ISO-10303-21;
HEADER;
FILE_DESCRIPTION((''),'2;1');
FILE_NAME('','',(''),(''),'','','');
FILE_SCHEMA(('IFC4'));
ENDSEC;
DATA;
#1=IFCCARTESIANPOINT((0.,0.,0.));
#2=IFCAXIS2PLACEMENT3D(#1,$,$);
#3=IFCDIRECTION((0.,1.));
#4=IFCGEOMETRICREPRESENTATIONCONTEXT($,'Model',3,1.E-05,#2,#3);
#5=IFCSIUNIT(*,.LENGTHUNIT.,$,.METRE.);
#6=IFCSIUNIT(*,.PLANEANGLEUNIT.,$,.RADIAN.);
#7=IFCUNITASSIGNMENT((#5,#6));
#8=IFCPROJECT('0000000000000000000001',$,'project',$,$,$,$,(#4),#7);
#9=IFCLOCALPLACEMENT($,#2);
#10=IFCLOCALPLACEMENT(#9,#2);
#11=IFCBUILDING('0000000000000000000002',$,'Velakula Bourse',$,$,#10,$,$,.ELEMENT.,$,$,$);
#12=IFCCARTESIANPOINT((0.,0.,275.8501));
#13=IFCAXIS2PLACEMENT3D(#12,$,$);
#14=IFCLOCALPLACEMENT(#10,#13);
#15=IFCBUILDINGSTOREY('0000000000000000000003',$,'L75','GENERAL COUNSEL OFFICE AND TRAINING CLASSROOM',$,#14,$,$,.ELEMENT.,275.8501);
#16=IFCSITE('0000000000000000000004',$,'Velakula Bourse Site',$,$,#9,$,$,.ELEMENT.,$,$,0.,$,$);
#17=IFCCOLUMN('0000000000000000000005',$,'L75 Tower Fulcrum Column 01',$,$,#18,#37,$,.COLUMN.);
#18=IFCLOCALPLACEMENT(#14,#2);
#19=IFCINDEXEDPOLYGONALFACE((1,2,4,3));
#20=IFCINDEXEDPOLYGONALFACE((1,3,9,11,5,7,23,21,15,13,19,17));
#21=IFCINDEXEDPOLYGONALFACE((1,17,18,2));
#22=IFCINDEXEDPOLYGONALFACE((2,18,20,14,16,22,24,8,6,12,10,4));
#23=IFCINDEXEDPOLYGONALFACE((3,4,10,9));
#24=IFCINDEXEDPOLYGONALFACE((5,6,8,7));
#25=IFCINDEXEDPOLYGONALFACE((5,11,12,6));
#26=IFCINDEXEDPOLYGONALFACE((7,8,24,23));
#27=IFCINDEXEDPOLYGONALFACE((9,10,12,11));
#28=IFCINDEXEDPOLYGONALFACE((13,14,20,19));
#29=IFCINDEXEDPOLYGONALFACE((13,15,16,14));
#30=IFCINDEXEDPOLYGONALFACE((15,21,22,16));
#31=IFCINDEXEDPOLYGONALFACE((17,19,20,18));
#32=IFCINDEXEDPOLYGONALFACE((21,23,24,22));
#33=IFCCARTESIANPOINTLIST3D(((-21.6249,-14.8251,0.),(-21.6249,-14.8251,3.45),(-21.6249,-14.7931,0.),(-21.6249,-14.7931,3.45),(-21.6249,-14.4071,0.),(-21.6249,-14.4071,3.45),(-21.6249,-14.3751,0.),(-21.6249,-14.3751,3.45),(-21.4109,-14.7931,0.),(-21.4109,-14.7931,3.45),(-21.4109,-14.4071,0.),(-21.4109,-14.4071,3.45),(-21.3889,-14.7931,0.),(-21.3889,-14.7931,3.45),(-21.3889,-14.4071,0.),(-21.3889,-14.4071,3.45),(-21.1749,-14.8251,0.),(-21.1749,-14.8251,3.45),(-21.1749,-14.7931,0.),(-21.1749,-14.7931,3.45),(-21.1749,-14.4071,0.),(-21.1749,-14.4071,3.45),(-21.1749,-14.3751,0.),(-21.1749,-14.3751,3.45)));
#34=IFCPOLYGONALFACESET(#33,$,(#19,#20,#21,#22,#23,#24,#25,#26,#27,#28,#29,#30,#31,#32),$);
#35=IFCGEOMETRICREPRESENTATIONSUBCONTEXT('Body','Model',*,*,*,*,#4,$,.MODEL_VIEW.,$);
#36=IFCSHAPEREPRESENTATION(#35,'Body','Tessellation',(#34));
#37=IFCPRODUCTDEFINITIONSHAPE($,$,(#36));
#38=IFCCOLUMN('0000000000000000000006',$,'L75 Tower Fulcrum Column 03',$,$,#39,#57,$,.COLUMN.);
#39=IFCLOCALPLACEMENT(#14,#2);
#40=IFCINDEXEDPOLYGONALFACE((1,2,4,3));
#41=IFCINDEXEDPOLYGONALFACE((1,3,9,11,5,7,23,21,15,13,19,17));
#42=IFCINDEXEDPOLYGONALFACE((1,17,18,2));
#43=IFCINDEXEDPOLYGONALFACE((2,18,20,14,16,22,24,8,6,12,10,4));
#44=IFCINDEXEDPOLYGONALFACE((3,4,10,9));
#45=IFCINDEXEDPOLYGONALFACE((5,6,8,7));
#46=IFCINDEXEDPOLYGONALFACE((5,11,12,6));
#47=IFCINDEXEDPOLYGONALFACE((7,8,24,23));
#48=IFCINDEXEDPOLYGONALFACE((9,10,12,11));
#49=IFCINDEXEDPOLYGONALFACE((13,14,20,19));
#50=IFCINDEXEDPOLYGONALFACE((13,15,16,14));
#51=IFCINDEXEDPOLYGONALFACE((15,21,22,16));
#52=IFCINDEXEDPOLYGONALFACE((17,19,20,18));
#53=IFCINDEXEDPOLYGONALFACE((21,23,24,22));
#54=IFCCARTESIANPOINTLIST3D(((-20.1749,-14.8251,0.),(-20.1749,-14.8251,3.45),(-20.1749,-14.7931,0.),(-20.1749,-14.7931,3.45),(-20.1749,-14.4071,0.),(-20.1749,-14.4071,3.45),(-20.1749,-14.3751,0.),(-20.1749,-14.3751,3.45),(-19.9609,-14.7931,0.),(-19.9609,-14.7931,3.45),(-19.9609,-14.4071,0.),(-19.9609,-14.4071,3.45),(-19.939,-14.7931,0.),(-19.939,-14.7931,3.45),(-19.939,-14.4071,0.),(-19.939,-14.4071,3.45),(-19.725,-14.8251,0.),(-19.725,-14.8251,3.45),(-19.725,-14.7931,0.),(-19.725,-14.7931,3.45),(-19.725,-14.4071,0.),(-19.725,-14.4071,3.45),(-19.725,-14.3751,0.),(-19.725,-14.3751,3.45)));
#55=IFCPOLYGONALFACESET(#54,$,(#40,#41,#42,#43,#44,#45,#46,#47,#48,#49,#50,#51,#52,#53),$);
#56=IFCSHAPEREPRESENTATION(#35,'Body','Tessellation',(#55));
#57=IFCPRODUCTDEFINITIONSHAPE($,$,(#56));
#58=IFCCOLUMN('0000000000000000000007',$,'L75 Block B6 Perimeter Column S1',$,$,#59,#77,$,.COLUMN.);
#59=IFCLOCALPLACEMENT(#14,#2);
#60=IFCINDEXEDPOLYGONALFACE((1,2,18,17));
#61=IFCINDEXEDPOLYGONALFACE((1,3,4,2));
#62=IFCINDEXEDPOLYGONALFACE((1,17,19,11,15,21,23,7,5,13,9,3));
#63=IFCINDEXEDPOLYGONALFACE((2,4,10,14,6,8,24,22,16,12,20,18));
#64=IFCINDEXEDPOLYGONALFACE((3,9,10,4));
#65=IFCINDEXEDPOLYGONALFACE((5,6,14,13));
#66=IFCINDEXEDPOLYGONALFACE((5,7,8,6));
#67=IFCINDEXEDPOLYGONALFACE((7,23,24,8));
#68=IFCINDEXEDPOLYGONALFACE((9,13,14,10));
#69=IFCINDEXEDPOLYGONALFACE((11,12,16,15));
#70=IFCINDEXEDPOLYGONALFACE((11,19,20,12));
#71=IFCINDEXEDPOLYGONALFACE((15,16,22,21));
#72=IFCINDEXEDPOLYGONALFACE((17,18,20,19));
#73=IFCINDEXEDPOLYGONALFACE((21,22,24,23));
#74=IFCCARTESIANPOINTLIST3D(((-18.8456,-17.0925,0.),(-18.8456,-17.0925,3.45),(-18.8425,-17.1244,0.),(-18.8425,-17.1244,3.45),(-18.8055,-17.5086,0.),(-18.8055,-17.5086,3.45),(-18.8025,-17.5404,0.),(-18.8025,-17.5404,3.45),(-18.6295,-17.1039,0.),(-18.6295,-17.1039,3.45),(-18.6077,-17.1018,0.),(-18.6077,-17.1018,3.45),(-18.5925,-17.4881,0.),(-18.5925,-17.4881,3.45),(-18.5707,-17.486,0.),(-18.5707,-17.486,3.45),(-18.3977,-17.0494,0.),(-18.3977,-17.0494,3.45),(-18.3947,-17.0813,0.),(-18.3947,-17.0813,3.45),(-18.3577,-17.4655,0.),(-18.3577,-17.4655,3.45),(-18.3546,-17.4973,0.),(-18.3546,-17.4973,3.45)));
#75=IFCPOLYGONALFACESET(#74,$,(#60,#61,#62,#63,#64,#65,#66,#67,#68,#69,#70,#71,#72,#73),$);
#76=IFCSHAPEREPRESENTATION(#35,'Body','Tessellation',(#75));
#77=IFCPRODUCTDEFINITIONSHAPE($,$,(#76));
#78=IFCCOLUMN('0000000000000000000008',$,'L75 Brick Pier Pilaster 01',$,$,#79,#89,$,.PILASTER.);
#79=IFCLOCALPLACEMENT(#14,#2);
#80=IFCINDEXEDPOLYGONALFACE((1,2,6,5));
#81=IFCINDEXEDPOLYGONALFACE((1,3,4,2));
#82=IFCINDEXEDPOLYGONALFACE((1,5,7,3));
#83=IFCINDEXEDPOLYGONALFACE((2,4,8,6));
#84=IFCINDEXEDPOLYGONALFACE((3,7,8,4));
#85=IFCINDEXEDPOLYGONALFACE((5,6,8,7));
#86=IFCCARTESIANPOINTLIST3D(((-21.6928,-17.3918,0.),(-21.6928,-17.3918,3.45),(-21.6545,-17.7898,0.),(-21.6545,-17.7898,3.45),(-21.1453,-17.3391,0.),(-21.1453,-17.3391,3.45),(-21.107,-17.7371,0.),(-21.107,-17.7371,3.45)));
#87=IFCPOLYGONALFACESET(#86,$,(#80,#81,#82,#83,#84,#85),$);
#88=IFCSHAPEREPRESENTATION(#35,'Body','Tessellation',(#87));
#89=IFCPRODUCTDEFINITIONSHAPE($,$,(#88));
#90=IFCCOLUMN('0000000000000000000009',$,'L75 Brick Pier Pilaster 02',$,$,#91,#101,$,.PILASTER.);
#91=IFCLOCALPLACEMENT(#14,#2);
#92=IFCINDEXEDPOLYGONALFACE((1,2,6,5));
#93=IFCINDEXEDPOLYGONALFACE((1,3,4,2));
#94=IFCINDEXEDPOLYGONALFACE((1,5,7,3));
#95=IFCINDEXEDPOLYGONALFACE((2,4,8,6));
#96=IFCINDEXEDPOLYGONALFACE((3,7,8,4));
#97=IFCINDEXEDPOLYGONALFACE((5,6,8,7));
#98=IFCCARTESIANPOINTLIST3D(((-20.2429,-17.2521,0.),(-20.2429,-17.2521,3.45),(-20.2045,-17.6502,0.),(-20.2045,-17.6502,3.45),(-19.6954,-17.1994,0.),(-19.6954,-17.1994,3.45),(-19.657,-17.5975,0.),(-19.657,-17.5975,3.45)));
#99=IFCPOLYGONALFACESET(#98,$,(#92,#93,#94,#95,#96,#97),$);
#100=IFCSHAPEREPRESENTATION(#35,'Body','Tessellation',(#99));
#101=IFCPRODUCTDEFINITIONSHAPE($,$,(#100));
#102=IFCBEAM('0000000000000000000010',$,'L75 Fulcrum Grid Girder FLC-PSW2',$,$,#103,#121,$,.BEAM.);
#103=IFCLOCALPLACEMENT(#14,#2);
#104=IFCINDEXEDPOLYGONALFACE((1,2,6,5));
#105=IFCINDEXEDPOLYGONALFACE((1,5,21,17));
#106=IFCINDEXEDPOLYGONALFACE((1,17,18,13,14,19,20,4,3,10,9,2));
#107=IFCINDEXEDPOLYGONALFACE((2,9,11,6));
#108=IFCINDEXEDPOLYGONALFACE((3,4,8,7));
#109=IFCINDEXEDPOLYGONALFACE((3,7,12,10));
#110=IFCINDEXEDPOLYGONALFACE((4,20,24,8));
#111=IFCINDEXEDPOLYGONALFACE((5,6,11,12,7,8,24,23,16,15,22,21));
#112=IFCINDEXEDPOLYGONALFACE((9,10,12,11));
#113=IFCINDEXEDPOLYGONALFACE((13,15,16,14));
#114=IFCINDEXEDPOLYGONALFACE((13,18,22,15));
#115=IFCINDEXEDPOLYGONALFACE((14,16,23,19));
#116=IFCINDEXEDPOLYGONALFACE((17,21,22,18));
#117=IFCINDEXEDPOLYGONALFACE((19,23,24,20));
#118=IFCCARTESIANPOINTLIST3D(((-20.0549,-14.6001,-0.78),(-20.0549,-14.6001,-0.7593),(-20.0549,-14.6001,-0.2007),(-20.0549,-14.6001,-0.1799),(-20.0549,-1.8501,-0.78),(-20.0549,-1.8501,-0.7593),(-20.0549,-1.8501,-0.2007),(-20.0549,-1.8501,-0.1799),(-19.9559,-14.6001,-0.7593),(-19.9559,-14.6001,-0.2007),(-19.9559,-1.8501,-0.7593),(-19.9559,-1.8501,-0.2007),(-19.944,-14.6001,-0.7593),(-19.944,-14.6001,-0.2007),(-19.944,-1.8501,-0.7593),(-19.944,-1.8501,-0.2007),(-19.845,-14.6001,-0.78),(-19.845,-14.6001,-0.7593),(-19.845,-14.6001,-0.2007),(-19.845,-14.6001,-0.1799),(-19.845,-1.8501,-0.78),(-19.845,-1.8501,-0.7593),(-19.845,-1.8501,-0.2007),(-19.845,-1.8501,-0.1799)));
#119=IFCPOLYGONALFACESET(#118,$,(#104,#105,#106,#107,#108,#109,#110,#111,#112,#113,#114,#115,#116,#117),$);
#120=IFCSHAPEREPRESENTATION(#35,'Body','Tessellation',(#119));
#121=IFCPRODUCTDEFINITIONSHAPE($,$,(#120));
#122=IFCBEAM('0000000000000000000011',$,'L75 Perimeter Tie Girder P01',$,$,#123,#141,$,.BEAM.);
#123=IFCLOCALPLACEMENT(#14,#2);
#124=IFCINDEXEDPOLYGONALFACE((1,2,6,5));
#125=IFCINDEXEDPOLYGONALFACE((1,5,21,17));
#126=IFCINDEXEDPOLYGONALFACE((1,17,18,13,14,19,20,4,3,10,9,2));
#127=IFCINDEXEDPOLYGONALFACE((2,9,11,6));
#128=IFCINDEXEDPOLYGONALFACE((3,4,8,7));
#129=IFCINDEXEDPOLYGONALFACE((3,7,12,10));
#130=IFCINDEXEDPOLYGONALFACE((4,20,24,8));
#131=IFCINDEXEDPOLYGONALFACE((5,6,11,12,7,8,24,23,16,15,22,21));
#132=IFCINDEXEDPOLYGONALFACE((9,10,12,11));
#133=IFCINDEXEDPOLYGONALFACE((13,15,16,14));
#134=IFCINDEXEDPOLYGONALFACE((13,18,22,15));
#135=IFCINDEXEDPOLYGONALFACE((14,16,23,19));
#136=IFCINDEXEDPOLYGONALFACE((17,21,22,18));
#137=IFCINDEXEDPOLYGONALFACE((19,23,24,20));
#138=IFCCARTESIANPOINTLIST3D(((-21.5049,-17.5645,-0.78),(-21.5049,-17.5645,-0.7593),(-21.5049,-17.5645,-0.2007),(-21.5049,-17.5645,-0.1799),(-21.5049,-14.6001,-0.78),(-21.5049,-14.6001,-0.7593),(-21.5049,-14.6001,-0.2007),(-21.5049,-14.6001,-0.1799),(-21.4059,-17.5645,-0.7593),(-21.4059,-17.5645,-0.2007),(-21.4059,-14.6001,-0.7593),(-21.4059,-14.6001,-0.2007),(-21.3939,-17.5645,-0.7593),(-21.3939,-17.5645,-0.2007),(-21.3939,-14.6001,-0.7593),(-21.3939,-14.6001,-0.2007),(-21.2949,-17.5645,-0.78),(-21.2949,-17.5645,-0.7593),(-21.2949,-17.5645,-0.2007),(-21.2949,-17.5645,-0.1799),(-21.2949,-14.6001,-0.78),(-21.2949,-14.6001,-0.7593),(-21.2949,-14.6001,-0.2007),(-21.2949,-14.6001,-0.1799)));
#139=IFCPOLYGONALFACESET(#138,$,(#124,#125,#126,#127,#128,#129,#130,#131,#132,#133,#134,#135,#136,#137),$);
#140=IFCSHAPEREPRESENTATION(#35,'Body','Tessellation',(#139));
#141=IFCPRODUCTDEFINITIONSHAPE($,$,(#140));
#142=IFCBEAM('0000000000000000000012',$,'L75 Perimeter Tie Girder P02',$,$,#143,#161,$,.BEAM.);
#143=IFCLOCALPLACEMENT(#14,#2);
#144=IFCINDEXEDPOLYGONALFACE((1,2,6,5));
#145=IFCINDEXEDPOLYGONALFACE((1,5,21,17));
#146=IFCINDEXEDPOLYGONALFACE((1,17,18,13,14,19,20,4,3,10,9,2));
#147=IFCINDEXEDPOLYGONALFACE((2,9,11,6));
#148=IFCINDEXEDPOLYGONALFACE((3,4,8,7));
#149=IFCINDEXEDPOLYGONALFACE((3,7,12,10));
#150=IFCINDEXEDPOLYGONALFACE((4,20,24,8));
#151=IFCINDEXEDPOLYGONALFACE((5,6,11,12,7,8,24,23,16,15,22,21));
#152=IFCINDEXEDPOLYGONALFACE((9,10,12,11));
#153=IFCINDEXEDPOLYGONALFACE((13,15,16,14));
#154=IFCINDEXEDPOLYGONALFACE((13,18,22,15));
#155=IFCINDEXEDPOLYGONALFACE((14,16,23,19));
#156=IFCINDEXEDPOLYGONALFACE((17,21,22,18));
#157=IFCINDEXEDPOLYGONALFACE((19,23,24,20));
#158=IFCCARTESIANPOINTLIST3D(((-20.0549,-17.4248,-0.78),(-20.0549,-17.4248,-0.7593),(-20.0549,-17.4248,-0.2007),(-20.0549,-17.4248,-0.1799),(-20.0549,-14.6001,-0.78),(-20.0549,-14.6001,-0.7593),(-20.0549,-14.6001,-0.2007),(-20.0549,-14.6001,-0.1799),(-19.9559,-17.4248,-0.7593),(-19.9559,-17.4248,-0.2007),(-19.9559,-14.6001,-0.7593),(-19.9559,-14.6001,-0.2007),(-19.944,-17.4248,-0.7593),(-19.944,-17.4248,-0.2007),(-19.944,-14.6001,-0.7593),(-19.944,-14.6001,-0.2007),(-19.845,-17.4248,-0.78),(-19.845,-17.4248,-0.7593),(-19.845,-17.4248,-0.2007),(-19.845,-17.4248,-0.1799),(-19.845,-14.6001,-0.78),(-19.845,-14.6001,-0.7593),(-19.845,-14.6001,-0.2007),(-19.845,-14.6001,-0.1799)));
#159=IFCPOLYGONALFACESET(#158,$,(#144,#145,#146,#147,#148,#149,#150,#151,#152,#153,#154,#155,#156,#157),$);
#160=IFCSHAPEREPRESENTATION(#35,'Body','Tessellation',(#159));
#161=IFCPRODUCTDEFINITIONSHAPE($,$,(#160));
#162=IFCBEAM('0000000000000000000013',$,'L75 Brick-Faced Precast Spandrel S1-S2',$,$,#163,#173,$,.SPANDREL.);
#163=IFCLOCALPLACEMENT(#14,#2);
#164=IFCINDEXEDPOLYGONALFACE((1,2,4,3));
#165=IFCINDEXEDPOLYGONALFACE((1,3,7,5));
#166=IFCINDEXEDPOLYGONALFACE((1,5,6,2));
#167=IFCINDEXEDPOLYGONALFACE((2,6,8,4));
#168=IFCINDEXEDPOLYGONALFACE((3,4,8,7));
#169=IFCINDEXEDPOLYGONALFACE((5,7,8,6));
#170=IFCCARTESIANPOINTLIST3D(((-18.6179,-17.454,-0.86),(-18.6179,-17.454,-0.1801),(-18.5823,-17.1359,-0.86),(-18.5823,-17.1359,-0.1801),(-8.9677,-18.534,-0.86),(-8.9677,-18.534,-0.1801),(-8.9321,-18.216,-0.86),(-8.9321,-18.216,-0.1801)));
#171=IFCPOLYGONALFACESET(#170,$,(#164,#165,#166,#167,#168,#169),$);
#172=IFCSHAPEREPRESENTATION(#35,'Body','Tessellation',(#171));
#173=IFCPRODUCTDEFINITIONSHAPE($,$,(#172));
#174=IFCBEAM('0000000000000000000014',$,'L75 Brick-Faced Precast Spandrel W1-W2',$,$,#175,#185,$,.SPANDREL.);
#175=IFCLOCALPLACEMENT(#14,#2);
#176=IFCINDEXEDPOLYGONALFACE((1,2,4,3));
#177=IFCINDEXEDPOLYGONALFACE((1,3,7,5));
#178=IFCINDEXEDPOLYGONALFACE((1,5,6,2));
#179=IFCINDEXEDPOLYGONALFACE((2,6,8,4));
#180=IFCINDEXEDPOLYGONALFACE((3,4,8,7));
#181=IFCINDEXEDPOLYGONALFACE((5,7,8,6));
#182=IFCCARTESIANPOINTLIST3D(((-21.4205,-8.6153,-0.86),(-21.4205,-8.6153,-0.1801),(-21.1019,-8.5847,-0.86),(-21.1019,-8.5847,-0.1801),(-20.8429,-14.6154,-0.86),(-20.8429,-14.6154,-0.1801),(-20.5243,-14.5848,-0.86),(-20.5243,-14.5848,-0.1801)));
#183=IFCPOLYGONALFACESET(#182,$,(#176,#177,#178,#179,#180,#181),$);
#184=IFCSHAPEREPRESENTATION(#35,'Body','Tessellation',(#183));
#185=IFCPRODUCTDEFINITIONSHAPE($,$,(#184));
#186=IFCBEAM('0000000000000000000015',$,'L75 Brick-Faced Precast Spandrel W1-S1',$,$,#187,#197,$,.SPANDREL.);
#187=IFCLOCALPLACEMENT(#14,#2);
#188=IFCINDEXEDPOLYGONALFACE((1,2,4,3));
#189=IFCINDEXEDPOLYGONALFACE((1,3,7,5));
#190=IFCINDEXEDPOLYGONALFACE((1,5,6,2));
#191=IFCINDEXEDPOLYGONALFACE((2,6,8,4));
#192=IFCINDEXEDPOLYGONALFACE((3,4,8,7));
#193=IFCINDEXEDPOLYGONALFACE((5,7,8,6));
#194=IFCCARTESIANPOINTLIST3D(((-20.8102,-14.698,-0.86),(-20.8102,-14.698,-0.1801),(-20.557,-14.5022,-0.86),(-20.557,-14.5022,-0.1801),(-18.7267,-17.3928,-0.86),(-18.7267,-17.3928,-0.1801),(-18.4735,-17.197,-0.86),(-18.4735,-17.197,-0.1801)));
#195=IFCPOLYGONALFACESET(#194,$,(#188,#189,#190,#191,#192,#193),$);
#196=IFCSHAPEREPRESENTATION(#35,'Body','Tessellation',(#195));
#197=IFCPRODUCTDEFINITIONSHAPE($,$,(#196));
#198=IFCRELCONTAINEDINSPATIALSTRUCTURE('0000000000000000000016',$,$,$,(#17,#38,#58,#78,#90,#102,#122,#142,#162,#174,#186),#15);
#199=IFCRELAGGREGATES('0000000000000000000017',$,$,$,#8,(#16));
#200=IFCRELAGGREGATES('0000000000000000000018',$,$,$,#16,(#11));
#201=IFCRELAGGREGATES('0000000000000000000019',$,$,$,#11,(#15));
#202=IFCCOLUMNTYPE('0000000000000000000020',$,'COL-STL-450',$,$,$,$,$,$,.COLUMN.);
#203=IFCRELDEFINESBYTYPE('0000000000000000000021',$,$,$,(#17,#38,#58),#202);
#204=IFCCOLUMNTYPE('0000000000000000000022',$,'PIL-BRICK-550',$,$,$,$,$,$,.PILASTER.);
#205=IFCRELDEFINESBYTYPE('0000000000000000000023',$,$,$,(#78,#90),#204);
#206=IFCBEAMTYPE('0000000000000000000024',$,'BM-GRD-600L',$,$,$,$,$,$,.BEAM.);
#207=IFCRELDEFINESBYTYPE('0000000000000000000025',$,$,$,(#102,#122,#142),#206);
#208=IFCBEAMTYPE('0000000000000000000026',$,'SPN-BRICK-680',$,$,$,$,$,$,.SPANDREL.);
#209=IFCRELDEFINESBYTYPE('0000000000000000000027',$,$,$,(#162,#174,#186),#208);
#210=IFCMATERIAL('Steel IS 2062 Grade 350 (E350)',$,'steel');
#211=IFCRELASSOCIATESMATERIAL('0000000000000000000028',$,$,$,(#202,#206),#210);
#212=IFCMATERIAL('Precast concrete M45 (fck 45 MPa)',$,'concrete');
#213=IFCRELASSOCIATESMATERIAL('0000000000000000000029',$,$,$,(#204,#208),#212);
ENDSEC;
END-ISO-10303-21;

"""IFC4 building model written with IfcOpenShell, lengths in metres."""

from ifc_helpers import new_model, si_unit, direction, frame, origin, origin_2d, place, context, subcontext, project, spatial, rectangle, i_section, extrude, material, material_profile, profile_set, type_object, element, save


model = new_model("IFC4")

# Units and contexts
model_context = context("Model", 3, precision=1e-05, world=origin(), true_north=direction((0.0, 1.0)))
body_context = subcontext(model_context, "Body", "Model", "MODEL_VIEW")
ifc_project = project(units=[si_unit("LENGTHUNIT", "METRE"), si_unit("PLANEANGLEUNIT", "RADIAN")], contexts=[model_context])

# Site, building, storey
site_placement = place(None, origin())
site = spatial("IfcSite", under=ifc_project, at=site_placement, Name="Velakula Bourse Site", CompositionType="ELEMENT", RefElevation=0.0)
building_placement = place(site_placement, origin())
building = spatial("IfcBuilding", under=site, at=building_placement, Name="Velakula Bourse", CompositionType="ELEMENT")
storey_placement = place(building_placement, frame((0.0, 0.0, 275.8501)))
storey = spatial("IfcBuildingStorey", under=building, at=storey_placement, Name="L75", Description="GENERAL COUNSEL OFFICE AND TRAINING CLASSROOM", CompositionType="ELEMENT", Elevation=275.8501)

# Columns
ifc_material_1 = material(Name="Steel IS 2062 Grade 350 (E350)", Category="steel")
ifc_material_profile_1 = material_profile(ifc_material_1, i_section(OverallWidth=0.45, OverallDepth=0.45, WebThickness=0.022, FlangeThickness=0.032, at=origin_2d()), Name="Steel IS 2062 Grade 350 (E350)")
ifc_profile_set_1 = profile_set([ifc_material_profile_1], Name="Steel IS 2062 Grade 350 (E350)")
column_type_1 = type_object("IfcColumnType", Name="COL-STL-450", PredefinedType="COLUMN", material=ifc_profile_set_1)
for number, where, z_axis, x_axis, name in (
    (1, (-21.3999, -14.6001, 0.0), (0.0, 0.0, 1.0), (1.0, 0.0, 0.0), "L75 Tower Fulcrum Column 01"),
    (2, (-19.95, -14.6001, 0.0), (0.0, 0.0, 1.0), (1.0, 0.0, 0.0), "L75 Tower Fulcrum Column 03"),
    (3, (-18.6001, -17.2949, 0.0), (0.0, 0.0, 1.0), (0.995396, 0.095846, 0.0), "L75 Block B6 Perimeter Column S1"),
):
    element("IfcColumn", number, at=place(storey_placement, frame(where, z_axis=z_axis, x_axis=x_axis)), inside=storey, type_object=column_type_1, Name=name, PredefinedType="COLUMN", context=body_context, shape_type="SweptSolid", body=[
        extrude(i_section(OverallWidth=0.45, OverallDepth=0.45, WebThickness=0.022, FlangeThickness=0.032, at=origin_2d()), origin(), (0.0, 0.0, 1.0), 3.45),
    ])
ifc_material_2 = material(Name="Precast concrete M45 (fck 45 MPa)", Category="concrete")
ifc_material_profile_2 = material_profile(ifc_material_2, rectangle(XDim=0.55, YDim=0.3999, at=origin_2d()), Name="Precast concrete M45 (fck 45 MPa)")
ifc_profile_set_2 = profile_set([ifc_material_profile_2], Name="Precast concrete M45 (fck 45 MPa)")
column_type_2 = type_object("IfcColumnType", Name="PIL-BRICK-550", PredefinedType="PILASTER", material=ifc_profile_set_2)
for number, where, z_axis, x_axis, name in (
    (4, (-21.3999, -17.5645, 0.0), (0.0, 0.0, 1.0), (0.995396, 0.095846, 0.0), "L75 Brick Pier Pilaster 01"),
    (5, (-19.95, -17.4248, 0.0), (0.0, 0.0, 1.0), (0.995396, 0.095846, 0.0), "L75 Brick Pier Pilaster 02"),
):
    element("IfcColumn", number, at=place(storey_placement, frame(where, z_axis=z_axis, x_axis=x_axis)), inside=storey, type_object=column_type_2, Name=name, PredefinedType="PILASTER", context=body_context, shape_type="SweptSolid", body=[
        extrude(rectangle(XDim=0.55, YDim=0.3999, at=origin_2d()), origin(), (0.0, 0.0, 1.0), 3.45),
    ])

# Beams
ifc_material_profile_3 = material_profile(ifc_material_1, i_section(OverallWidth=0.21, OverallDepth=0.6001, WebThickness=0.012, FlangeThickness=0.0208, at=origin_2d()), Name="Steel IS 2062 Grade 350 (E350)")
ifc_profile_set_3 = profile_set([ifc_material_profile_3], Name="Steel IS 2062 Grade 350 (E350)")
beam_type_1 = type_object("IfcBeamType", Name="BM-GRD-600L", PredefinedType="BEAM", material=ifc_profile_set_3)
beam_1_placement = place(storey_placement, frame((-19.95, -14.6001, -0.48), z_axis=(0.0, 1.0, 0.0), x_axis=(-1.0, 0.0, 0.0)))
element("IfcBeam", 6, at=beam_1_placement, inside=storey, type_object=beam_type_1, Name="L75 Fulcrum Grid Girder FLC-PSW2", PredefinedType="BEAM", context=body_context, shape_type="SweptSolid", body=[
    extrude(i_section(OverallWidth=0.21, OverallDepth=0.6001, WebThickness=0.012, FlangeThickness=0.0208, at=origin_2d()), origin(), (0.0, 0.0, 1.0), 12.75),
])
beam_2_placement = place(storey_placement, frame((-21.3999, -14.6001, -0.48), z_axis=(0.0, -1.0, 0.0), x_axis=(1.0, 0.0, 0.0)))
element("IfcBeam", 7, at=beam_2_placement, inside=storey, type_object=beam_type_1, Name="L75 Perimeter Tie Girder P01", PredefinedType="BEAM", context=body_context, shape_type="SweptSolid", body=[
    extrude(i_section(OverallWidth=0.21, OverallDepth=0.6001, WebThickness=0.012, FlangeThickness=0.0208, at=origin_2d()), origin(), (0.0, 0.0, 1.0), 2.9644),
])
beam_3_placement = place(storey_placement, frame((-19.95, -14.6001, -0.48), z_axis=(0.0, -1.0, 0.0), x_axis=(1.0, 0.0, 0.0)))
element("IfcBeam", 8, at=beam_3_placement, inside=storey, type_object=beam_type_1, Name="L75 Perimeter Tie Girder P02", PredefinedType="BEAM", context=body_context, shape_type="SweptSolid", body=[
    extrude(i_section(OverallWidth=0.21, OverallDepth=0.6001, WebThickness=0.012, FlangeThickness=0.0208, at=origin_2d()), origin(), (0.0, 0.0, 1.0), 2.8247),
])
ifc_material_profile_4 = material_profile(ifc_material_2, rectangle(XDim=0.3201, YDim=0.6799, at=origin_2d()), Name="Precast concrete M45 (fck 45 MPa)")
ifc_profile_set_4 = profile_set([ifc_material_profile_4], Name="Precast concrete M45 (fck 45 MPa)")
beam_type_2 = type_object("IfcBeamType", Name="SPN-BRICK-680", PredefinedType="SPANDREL", material=ifc_profile_set_4)
beam_4_placement = place(storey_placement, frame((-18.6001, -17.2949, -0.52), z_axis=(0.993795, -0.111229, 0.0), x_axis=(0.111229, 0.993795, 0.0)))
element("IfcBeam", 9, at=beam_4_placement, inside=storey, type_object=beam_type_2, Name="L75 Brick-Faced Precast Spandrel S1-S2", PredefinedType="SPANDREL", context=body_context, shape_type="SweptSolid", body=[
    extrude(rectangle(XDim=0.3201, YDim=0.6799, at=origin_2d()), origin(), (0.0, 0.0, 1.0), 9.7104),
])
beam_5_placement = place(storey_placement, frame((-20.6836, -14.6001, -0.52), z_axis=(-0.09583, 0.995398, 0.0), x_axis=(-0.995398, -0.09583, 0.0)))
element("IfcBeam", 10, at=beam_5_placement, inside=storey, type_object=beam_type_2, Name="L75 Brick-Faced Precast Spandrel W1-W2", PredefinedType="SPANDREL", context=body_context, shape_type="SweptSolid", body=[
    extrude(rectangle(XDim=0.3201, YDim=0.6799, at=origin_2d()), origin(), (0.0, 0.0, 1.0), 6.0278),
])
beam_6_placement = place(storey_placement, frame((-20.6836, -14.6001, -0.52), z_axis=(0.611656, -0.791124, 0.0), x_axis=(0.791124, 0.611656, 0.0)))
element("IfcBeam", 11, at=beam_6_placement, inside=storey, type_object=beam_type_2, Name="L75 Brick-Faced Precast Spandrel W1-S1", PredefinedType="SPANDREL", context=body_context, shape_type="SweptSolid", body=[
    extrude(rectangle(XDim=0.3201, YDim=0.6799, at=origin_2d()), origin(), (0.0, 0.0, 1.0), 3.4062),
])

save(model, "model.ifc")
